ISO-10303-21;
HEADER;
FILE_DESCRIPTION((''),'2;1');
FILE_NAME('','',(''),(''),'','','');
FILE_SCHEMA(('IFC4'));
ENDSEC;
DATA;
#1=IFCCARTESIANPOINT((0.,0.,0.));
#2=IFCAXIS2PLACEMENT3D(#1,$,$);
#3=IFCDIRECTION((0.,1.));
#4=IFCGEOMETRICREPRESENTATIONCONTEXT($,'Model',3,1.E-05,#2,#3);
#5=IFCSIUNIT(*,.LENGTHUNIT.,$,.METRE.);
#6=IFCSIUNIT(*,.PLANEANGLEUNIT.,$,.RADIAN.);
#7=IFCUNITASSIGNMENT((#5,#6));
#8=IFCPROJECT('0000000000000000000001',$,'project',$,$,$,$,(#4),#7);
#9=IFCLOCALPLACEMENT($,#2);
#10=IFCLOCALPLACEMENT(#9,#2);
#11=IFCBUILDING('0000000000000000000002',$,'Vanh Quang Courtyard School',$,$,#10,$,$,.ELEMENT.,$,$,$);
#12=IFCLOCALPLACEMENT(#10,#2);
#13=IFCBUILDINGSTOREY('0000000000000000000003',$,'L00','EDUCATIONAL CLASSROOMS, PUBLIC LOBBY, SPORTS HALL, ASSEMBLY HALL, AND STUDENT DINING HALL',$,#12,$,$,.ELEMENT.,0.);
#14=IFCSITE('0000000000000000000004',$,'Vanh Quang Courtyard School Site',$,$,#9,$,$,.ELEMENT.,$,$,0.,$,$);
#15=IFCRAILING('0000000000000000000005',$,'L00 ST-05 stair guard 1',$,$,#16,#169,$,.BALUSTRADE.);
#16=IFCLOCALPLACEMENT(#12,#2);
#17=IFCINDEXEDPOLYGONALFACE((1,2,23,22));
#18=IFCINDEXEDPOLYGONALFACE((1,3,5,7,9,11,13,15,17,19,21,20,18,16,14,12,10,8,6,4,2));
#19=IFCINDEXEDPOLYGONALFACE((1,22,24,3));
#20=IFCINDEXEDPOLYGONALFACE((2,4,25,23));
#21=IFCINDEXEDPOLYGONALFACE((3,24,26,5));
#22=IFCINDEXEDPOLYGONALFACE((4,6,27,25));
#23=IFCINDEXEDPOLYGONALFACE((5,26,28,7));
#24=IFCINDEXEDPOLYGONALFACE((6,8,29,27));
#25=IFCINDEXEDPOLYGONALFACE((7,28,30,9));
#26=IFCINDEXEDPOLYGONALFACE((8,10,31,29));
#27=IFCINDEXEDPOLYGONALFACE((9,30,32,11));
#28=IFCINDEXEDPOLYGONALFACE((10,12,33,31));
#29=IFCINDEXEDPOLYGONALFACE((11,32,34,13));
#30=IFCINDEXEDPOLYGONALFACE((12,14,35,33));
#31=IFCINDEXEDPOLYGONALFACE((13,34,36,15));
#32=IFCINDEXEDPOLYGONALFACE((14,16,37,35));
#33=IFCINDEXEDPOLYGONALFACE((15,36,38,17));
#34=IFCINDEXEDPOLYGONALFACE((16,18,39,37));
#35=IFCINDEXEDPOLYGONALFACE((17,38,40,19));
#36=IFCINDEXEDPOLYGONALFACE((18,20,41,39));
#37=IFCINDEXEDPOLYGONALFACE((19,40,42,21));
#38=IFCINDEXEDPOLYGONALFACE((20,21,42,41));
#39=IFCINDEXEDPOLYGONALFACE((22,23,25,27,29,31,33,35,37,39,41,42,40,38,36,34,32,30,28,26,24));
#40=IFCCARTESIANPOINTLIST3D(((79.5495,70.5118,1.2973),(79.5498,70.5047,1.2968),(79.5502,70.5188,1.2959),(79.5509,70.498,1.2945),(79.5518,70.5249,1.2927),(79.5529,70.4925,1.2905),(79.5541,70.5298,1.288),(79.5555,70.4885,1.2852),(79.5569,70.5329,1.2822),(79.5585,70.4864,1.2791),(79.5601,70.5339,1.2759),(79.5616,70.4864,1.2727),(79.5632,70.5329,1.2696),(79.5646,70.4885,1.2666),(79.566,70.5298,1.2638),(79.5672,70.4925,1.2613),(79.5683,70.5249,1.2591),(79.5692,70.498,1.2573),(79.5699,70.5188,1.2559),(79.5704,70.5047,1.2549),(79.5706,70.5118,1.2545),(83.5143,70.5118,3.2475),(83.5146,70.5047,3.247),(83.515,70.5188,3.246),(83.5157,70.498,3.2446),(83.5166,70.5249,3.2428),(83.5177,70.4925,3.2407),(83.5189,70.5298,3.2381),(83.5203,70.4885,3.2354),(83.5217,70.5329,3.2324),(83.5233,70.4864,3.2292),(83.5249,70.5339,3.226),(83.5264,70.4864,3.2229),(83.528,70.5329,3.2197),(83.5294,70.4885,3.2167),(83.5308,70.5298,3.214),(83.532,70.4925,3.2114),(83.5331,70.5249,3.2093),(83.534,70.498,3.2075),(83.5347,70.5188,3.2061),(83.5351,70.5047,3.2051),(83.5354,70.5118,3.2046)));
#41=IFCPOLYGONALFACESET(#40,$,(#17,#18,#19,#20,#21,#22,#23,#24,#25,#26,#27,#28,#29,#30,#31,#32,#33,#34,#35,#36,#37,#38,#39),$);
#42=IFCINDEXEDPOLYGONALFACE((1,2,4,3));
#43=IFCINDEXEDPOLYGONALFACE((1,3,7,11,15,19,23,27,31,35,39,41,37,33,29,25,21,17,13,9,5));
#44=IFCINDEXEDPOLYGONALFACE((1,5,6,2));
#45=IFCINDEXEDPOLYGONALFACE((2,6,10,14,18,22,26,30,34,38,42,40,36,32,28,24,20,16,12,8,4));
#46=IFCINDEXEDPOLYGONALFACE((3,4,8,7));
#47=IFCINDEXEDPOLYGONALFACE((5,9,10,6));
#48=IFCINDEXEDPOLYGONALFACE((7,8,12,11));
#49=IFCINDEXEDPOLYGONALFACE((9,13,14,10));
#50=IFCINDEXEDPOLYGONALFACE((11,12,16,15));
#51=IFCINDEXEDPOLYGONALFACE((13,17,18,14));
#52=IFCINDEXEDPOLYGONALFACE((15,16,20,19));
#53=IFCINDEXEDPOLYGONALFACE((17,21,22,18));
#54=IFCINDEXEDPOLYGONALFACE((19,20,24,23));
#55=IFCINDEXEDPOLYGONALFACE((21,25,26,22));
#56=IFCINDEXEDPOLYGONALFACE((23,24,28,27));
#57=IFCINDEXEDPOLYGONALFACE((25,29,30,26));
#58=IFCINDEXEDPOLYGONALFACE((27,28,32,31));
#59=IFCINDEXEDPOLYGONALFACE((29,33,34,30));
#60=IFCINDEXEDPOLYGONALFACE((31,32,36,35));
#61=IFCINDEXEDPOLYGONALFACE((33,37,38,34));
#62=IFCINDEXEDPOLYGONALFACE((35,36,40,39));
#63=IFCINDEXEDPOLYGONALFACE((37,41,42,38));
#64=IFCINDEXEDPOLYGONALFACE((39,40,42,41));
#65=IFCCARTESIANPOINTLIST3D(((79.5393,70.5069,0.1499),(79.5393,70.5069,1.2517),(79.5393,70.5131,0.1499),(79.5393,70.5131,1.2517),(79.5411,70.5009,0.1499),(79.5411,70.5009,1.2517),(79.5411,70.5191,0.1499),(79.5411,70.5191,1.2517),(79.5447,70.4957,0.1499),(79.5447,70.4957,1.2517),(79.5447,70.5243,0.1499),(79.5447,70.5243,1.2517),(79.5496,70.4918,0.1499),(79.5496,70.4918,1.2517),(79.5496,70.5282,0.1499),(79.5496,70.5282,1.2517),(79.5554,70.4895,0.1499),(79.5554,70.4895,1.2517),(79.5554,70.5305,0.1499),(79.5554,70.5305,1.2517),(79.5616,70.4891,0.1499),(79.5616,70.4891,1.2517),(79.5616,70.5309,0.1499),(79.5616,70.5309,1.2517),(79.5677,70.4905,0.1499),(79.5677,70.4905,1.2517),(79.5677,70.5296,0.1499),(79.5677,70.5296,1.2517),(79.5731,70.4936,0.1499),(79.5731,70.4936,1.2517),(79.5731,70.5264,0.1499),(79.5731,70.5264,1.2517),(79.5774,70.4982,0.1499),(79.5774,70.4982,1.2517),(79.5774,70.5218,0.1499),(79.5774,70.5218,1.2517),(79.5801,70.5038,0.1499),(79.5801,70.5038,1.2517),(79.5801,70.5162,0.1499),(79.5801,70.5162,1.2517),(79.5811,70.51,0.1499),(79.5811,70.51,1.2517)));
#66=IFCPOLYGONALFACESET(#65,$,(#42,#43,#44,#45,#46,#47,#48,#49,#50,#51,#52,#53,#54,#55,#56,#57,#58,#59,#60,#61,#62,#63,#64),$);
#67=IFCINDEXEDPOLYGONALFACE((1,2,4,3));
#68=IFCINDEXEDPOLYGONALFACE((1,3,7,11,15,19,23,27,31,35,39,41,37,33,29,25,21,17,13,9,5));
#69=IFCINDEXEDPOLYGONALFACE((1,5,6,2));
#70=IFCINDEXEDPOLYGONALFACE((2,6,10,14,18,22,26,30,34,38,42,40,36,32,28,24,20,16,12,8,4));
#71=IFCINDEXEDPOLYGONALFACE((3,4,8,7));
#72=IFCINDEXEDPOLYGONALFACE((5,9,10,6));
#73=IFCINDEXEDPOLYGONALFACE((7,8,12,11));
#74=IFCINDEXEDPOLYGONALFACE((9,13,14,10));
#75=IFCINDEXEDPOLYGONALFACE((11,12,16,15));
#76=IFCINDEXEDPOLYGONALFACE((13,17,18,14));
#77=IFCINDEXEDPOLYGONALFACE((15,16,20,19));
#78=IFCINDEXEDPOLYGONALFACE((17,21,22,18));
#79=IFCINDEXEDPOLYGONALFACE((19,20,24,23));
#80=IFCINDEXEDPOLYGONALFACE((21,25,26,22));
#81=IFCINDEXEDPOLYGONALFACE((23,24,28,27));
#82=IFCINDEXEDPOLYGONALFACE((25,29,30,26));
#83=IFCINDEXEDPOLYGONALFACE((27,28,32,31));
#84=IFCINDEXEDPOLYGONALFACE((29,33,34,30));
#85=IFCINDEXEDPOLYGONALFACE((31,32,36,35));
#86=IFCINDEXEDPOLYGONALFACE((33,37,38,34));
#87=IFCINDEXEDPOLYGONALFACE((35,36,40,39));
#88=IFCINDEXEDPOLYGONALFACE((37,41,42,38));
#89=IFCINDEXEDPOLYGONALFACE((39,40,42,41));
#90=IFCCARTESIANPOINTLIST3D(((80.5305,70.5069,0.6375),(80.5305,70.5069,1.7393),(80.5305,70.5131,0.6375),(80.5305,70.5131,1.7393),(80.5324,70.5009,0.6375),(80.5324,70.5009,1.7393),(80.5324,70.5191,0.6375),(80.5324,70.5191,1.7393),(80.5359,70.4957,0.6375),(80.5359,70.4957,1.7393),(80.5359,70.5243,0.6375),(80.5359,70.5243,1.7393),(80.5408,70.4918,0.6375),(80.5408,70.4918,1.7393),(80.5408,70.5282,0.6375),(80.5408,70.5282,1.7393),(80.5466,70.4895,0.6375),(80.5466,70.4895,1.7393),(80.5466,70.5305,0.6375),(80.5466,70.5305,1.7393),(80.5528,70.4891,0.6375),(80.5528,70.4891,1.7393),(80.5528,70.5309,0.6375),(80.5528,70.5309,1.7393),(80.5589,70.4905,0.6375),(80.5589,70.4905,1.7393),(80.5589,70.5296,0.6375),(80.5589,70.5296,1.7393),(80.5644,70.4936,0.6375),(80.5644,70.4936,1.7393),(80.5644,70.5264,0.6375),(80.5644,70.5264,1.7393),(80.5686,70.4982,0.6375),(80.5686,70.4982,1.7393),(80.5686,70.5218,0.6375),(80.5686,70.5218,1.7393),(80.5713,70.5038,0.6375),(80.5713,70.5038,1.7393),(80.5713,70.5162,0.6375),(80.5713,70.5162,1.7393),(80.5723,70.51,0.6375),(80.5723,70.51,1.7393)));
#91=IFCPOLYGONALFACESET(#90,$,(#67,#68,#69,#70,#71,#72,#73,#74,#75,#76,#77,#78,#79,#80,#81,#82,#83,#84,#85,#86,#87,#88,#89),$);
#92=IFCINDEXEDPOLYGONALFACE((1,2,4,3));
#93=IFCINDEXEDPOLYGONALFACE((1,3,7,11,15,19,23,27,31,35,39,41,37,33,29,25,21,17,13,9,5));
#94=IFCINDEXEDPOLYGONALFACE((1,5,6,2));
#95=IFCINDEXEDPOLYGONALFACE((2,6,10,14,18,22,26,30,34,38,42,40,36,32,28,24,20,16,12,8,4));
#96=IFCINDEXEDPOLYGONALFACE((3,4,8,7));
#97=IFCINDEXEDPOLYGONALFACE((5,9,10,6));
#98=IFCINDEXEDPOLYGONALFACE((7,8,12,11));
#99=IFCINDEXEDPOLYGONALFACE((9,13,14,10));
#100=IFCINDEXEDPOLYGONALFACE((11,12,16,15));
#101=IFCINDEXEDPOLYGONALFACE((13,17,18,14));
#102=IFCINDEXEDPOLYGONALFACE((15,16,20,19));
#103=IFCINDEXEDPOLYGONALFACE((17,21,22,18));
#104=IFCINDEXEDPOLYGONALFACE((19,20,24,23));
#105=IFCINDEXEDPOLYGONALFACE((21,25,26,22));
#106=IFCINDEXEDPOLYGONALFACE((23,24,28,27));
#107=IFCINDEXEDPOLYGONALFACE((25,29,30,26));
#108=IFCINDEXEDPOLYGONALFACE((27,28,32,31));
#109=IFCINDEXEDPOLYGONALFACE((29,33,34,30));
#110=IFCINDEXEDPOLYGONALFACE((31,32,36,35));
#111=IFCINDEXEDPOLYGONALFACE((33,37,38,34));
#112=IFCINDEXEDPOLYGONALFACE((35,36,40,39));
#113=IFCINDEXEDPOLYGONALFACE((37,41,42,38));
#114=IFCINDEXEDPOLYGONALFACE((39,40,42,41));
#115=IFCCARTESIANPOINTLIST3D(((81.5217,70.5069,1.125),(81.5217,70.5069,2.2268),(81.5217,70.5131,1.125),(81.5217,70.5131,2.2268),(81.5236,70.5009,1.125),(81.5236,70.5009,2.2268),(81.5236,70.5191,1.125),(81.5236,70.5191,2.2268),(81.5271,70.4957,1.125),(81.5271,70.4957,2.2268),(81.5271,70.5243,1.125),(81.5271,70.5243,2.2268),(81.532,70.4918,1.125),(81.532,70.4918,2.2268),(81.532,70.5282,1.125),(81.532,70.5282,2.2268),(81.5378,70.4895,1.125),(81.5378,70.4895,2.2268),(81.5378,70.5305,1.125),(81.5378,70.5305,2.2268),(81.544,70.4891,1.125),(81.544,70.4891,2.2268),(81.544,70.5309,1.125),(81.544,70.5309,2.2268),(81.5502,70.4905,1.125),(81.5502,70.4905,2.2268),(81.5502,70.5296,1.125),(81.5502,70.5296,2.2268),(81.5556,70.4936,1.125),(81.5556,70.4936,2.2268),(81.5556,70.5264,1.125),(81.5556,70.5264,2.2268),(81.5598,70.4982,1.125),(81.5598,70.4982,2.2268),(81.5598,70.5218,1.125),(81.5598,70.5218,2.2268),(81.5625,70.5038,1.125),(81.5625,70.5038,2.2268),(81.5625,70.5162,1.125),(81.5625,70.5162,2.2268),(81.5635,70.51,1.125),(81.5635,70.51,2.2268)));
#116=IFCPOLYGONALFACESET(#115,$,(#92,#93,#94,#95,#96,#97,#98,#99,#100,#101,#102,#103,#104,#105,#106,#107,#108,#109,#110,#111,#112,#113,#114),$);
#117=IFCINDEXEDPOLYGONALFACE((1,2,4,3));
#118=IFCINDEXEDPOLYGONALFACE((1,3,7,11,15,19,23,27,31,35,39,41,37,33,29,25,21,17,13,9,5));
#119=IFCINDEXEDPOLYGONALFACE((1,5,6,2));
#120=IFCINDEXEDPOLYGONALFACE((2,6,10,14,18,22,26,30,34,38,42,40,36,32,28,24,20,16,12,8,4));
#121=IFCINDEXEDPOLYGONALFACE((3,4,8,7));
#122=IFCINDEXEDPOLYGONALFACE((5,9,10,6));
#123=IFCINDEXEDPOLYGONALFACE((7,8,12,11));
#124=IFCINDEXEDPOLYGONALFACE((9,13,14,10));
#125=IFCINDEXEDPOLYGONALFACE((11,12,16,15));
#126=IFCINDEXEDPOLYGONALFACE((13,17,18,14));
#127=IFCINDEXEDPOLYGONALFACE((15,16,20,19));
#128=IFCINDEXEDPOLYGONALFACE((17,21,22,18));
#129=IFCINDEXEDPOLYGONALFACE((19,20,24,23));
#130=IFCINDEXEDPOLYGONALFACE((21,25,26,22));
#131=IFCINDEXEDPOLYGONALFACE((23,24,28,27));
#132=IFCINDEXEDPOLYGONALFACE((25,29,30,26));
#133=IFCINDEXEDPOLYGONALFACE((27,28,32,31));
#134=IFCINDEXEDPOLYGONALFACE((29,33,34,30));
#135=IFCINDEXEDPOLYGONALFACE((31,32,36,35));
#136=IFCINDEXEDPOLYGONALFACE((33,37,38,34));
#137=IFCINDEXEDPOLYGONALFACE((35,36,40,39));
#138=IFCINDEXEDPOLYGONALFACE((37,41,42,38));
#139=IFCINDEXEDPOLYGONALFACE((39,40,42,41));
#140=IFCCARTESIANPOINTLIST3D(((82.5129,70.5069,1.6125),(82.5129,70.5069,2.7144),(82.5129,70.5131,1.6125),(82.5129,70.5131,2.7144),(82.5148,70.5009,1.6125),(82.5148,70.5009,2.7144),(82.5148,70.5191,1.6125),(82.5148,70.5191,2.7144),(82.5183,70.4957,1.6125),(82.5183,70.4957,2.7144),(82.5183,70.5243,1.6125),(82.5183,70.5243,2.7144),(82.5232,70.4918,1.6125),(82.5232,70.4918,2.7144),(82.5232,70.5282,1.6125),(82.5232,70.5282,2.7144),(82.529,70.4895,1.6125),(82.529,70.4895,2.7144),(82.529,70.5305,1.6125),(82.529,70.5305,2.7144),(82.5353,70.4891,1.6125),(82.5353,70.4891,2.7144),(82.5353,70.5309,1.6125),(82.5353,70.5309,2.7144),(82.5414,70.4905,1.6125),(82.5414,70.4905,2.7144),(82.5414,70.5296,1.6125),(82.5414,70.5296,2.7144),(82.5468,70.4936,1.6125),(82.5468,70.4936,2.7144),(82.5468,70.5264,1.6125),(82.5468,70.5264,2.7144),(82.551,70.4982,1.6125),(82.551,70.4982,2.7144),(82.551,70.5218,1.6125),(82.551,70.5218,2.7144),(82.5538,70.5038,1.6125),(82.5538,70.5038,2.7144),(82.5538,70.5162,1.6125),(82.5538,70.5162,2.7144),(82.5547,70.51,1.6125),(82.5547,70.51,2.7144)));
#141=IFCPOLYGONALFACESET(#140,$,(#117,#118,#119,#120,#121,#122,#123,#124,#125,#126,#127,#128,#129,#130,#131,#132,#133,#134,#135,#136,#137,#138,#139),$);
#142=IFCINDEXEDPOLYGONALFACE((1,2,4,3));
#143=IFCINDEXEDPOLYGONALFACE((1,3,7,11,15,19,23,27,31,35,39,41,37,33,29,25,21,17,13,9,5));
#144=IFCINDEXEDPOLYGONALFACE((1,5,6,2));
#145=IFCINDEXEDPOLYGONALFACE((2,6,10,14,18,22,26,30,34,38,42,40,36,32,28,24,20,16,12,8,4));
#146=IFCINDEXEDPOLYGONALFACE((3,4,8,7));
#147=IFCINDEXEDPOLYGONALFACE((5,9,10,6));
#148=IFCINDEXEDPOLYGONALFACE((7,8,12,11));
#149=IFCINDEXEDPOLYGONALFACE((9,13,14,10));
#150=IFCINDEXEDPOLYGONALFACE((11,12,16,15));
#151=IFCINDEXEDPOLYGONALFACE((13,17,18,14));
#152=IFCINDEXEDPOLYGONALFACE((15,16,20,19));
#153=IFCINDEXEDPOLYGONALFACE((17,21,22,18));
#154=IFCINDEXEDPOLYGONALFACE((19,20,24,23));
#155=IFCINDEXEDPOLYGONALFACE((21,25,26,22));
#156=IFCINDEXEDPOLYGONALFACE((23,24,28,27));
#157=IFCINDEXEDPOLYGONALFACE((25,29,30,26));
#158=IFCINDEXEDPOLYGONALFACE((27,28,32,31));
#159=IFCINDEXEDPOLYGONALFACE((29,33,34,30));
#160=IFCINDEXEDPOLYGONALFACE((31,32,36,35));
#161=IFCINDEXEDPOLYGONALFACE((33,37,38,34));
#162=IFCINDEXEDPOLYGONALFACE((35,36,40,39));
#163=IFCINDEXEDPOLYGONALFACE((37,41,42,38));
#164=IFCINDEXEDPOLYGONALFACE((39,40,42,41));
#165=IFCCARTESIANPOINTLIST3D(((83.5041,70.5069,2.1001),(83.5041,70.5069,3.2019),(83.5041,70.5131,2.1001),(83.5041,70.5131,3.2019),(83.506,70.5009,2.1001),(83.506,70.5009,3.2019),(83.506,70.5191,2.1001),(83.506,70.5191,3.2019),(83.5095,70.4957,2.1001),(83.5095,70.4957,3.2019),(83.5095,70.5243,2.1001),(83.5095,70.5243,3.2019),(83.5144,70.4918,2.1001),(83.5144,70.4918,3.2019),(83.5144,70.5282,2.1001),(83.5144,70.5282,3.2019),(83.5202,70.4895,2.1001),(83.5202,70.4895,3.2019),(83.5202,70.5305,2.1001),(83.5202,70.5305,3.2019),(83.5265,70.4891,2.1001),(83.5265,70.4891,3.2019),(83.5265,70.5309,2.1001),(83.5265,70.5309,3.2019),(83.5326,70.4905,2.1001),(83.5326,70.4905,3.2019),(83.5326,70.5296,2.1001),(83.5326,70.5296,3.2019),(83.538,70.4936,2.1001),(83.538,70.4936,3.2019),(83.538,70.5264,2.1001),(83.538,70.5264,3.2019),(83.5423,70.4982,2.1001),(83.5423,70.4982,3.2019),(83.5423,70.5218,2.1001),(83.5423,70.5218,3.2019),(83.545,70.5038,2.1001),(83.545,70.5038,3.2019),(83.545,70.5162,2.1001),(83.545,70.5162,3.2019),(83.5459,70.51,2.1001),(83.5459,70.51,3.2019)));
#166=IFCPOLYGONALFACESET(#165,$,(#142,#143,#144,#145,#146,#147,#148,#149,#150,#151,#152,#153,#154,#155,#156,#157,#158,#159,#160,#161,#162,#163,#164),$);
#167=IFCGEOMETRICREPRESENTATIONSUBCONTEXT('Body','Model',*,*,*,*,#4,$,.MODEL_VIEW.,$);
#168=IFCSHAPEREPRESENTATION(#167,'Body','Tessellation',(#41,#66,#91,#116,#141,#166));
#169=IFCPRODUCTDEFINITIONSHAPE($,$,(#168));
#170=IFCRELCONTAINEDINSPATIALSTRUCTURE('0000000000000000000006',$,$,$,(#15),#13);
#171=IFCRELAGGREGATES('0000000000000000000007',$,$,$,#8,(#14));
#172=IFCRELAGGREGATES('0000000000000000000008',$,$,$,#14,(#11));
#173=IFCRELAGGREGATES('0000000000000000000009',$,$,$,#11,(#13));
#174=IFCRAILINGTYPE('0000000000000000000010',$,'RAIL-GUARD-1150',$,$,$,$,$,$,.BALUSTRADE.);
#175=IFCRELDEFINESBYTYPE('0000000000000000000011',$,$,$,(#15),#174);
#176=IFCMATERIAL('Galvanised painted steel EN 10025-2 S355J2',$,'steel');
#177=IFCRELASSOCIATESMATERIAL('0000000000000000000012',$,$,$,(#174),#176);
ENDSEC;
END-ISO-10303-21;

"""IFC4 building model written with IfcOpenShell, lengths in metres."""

from ifc_helpers import new_model, si_unit, direction, frame, origin, origin_2d, place, context, subcontext, project, spatial, circle, extrude, material, type_object, element, save


model = new_model("IFC4")

# Units and contexts
model_context = context("Model", 3, precision=1e-05, world=origin(), true_north=direction((0.0, 1.0)))
body_context = subcontext(model_context, "Body", "Model", "MODEL_VIEW")
ifc_project = project(units=[si_unit("LENGTHUNIT", "METRE"), si_unit("PLANEANGLEUNIT", "RADIAN")], contexts=[model_context])

# Site, building, storey
site_placement = place(None, origin())
site = spatial("IfcSite", under=ifc_project, at=site_placement, Name="Vanh Quang Courtyard School Site", CompositionType="ELEMENT", RefElevation=0.0)
building_placement = place(site_placement, origin())
building = spatial("IfcBuilding", under=site, at=building_placement, Name="Vanh Quang Courtyard School", CompositionType="ELEMENT")
storey_placement = place(building_placement, origin())
storey = spatial("IfcBuildingStorey", under=building, at=storey_placement, Name="L00", Description="EDUCATIONAL CLASSROOMS, PUBLIC LOBBY, SPORTS HALL, ASSEMBLY HALL, AND STUDENT DINING HALL", CompositionType="ELEMENT", Elevation=0.0)

# Railing
ifc_material_1 = material(Name="Galvanised painted steel EN 10025-2 S355J2", Category="steel")
railing_type_1 = type_object("IfcRailingType", Name="RAIL-GUARD-1150", PredefinedType="BALUSTRADE", material=ifc_material_1)
railing_1_placement = place(storey_placement, frame((79.5601, 70.51, 0.1499)))
element("IfcRailing", 1, at=railing_1_placement, inside=storey, type_object=railing_type_1, Name="L00 ST-05 stair guard 1", PredefinedType="BALUSTRADE", context=body_context, shape_type="SweptSolid", body=[
    extrude(circle(Radius=0.0239, at=origin_2d()), frame((0.0, 0.0, 1.126), z_axis=(0.897326, 0.0, 0.441369), x_axis=(0.0, 1.0, 0.0)), (0.0, 0.0, 1.0), 4.4185),
    extrude(circle(Radius=0.021, at=origin_2d()), origin(), (0.0, 0.0, 1.0), 1.1018),
    extrude(circle(Radius=0.021, at=origin_2d()), frame((0.9912, 0.0, 0.4875)), (0.0, 0.0, 1.0), 1.1018),
    extrude(circle(Radius=0.021, at=origin_2d()), frame((1.9824, 0.0, 0.9751)), (0.0, 0.0, 1.0), 1.1018),
    extrude(circle(Radius=0.021, at=origin_2d()), frame((2.9736, 0.0, 1.4626)), (0.0, 0.0, 1.0), 1.1018),
    extrude(circle(Radius=0.021, at=origin_2d()), frame((3.9648, 0.0, 1.9502)), (0.0, 0.0, 1.0), 1.1018),
])

save(model, "model.ifc")
